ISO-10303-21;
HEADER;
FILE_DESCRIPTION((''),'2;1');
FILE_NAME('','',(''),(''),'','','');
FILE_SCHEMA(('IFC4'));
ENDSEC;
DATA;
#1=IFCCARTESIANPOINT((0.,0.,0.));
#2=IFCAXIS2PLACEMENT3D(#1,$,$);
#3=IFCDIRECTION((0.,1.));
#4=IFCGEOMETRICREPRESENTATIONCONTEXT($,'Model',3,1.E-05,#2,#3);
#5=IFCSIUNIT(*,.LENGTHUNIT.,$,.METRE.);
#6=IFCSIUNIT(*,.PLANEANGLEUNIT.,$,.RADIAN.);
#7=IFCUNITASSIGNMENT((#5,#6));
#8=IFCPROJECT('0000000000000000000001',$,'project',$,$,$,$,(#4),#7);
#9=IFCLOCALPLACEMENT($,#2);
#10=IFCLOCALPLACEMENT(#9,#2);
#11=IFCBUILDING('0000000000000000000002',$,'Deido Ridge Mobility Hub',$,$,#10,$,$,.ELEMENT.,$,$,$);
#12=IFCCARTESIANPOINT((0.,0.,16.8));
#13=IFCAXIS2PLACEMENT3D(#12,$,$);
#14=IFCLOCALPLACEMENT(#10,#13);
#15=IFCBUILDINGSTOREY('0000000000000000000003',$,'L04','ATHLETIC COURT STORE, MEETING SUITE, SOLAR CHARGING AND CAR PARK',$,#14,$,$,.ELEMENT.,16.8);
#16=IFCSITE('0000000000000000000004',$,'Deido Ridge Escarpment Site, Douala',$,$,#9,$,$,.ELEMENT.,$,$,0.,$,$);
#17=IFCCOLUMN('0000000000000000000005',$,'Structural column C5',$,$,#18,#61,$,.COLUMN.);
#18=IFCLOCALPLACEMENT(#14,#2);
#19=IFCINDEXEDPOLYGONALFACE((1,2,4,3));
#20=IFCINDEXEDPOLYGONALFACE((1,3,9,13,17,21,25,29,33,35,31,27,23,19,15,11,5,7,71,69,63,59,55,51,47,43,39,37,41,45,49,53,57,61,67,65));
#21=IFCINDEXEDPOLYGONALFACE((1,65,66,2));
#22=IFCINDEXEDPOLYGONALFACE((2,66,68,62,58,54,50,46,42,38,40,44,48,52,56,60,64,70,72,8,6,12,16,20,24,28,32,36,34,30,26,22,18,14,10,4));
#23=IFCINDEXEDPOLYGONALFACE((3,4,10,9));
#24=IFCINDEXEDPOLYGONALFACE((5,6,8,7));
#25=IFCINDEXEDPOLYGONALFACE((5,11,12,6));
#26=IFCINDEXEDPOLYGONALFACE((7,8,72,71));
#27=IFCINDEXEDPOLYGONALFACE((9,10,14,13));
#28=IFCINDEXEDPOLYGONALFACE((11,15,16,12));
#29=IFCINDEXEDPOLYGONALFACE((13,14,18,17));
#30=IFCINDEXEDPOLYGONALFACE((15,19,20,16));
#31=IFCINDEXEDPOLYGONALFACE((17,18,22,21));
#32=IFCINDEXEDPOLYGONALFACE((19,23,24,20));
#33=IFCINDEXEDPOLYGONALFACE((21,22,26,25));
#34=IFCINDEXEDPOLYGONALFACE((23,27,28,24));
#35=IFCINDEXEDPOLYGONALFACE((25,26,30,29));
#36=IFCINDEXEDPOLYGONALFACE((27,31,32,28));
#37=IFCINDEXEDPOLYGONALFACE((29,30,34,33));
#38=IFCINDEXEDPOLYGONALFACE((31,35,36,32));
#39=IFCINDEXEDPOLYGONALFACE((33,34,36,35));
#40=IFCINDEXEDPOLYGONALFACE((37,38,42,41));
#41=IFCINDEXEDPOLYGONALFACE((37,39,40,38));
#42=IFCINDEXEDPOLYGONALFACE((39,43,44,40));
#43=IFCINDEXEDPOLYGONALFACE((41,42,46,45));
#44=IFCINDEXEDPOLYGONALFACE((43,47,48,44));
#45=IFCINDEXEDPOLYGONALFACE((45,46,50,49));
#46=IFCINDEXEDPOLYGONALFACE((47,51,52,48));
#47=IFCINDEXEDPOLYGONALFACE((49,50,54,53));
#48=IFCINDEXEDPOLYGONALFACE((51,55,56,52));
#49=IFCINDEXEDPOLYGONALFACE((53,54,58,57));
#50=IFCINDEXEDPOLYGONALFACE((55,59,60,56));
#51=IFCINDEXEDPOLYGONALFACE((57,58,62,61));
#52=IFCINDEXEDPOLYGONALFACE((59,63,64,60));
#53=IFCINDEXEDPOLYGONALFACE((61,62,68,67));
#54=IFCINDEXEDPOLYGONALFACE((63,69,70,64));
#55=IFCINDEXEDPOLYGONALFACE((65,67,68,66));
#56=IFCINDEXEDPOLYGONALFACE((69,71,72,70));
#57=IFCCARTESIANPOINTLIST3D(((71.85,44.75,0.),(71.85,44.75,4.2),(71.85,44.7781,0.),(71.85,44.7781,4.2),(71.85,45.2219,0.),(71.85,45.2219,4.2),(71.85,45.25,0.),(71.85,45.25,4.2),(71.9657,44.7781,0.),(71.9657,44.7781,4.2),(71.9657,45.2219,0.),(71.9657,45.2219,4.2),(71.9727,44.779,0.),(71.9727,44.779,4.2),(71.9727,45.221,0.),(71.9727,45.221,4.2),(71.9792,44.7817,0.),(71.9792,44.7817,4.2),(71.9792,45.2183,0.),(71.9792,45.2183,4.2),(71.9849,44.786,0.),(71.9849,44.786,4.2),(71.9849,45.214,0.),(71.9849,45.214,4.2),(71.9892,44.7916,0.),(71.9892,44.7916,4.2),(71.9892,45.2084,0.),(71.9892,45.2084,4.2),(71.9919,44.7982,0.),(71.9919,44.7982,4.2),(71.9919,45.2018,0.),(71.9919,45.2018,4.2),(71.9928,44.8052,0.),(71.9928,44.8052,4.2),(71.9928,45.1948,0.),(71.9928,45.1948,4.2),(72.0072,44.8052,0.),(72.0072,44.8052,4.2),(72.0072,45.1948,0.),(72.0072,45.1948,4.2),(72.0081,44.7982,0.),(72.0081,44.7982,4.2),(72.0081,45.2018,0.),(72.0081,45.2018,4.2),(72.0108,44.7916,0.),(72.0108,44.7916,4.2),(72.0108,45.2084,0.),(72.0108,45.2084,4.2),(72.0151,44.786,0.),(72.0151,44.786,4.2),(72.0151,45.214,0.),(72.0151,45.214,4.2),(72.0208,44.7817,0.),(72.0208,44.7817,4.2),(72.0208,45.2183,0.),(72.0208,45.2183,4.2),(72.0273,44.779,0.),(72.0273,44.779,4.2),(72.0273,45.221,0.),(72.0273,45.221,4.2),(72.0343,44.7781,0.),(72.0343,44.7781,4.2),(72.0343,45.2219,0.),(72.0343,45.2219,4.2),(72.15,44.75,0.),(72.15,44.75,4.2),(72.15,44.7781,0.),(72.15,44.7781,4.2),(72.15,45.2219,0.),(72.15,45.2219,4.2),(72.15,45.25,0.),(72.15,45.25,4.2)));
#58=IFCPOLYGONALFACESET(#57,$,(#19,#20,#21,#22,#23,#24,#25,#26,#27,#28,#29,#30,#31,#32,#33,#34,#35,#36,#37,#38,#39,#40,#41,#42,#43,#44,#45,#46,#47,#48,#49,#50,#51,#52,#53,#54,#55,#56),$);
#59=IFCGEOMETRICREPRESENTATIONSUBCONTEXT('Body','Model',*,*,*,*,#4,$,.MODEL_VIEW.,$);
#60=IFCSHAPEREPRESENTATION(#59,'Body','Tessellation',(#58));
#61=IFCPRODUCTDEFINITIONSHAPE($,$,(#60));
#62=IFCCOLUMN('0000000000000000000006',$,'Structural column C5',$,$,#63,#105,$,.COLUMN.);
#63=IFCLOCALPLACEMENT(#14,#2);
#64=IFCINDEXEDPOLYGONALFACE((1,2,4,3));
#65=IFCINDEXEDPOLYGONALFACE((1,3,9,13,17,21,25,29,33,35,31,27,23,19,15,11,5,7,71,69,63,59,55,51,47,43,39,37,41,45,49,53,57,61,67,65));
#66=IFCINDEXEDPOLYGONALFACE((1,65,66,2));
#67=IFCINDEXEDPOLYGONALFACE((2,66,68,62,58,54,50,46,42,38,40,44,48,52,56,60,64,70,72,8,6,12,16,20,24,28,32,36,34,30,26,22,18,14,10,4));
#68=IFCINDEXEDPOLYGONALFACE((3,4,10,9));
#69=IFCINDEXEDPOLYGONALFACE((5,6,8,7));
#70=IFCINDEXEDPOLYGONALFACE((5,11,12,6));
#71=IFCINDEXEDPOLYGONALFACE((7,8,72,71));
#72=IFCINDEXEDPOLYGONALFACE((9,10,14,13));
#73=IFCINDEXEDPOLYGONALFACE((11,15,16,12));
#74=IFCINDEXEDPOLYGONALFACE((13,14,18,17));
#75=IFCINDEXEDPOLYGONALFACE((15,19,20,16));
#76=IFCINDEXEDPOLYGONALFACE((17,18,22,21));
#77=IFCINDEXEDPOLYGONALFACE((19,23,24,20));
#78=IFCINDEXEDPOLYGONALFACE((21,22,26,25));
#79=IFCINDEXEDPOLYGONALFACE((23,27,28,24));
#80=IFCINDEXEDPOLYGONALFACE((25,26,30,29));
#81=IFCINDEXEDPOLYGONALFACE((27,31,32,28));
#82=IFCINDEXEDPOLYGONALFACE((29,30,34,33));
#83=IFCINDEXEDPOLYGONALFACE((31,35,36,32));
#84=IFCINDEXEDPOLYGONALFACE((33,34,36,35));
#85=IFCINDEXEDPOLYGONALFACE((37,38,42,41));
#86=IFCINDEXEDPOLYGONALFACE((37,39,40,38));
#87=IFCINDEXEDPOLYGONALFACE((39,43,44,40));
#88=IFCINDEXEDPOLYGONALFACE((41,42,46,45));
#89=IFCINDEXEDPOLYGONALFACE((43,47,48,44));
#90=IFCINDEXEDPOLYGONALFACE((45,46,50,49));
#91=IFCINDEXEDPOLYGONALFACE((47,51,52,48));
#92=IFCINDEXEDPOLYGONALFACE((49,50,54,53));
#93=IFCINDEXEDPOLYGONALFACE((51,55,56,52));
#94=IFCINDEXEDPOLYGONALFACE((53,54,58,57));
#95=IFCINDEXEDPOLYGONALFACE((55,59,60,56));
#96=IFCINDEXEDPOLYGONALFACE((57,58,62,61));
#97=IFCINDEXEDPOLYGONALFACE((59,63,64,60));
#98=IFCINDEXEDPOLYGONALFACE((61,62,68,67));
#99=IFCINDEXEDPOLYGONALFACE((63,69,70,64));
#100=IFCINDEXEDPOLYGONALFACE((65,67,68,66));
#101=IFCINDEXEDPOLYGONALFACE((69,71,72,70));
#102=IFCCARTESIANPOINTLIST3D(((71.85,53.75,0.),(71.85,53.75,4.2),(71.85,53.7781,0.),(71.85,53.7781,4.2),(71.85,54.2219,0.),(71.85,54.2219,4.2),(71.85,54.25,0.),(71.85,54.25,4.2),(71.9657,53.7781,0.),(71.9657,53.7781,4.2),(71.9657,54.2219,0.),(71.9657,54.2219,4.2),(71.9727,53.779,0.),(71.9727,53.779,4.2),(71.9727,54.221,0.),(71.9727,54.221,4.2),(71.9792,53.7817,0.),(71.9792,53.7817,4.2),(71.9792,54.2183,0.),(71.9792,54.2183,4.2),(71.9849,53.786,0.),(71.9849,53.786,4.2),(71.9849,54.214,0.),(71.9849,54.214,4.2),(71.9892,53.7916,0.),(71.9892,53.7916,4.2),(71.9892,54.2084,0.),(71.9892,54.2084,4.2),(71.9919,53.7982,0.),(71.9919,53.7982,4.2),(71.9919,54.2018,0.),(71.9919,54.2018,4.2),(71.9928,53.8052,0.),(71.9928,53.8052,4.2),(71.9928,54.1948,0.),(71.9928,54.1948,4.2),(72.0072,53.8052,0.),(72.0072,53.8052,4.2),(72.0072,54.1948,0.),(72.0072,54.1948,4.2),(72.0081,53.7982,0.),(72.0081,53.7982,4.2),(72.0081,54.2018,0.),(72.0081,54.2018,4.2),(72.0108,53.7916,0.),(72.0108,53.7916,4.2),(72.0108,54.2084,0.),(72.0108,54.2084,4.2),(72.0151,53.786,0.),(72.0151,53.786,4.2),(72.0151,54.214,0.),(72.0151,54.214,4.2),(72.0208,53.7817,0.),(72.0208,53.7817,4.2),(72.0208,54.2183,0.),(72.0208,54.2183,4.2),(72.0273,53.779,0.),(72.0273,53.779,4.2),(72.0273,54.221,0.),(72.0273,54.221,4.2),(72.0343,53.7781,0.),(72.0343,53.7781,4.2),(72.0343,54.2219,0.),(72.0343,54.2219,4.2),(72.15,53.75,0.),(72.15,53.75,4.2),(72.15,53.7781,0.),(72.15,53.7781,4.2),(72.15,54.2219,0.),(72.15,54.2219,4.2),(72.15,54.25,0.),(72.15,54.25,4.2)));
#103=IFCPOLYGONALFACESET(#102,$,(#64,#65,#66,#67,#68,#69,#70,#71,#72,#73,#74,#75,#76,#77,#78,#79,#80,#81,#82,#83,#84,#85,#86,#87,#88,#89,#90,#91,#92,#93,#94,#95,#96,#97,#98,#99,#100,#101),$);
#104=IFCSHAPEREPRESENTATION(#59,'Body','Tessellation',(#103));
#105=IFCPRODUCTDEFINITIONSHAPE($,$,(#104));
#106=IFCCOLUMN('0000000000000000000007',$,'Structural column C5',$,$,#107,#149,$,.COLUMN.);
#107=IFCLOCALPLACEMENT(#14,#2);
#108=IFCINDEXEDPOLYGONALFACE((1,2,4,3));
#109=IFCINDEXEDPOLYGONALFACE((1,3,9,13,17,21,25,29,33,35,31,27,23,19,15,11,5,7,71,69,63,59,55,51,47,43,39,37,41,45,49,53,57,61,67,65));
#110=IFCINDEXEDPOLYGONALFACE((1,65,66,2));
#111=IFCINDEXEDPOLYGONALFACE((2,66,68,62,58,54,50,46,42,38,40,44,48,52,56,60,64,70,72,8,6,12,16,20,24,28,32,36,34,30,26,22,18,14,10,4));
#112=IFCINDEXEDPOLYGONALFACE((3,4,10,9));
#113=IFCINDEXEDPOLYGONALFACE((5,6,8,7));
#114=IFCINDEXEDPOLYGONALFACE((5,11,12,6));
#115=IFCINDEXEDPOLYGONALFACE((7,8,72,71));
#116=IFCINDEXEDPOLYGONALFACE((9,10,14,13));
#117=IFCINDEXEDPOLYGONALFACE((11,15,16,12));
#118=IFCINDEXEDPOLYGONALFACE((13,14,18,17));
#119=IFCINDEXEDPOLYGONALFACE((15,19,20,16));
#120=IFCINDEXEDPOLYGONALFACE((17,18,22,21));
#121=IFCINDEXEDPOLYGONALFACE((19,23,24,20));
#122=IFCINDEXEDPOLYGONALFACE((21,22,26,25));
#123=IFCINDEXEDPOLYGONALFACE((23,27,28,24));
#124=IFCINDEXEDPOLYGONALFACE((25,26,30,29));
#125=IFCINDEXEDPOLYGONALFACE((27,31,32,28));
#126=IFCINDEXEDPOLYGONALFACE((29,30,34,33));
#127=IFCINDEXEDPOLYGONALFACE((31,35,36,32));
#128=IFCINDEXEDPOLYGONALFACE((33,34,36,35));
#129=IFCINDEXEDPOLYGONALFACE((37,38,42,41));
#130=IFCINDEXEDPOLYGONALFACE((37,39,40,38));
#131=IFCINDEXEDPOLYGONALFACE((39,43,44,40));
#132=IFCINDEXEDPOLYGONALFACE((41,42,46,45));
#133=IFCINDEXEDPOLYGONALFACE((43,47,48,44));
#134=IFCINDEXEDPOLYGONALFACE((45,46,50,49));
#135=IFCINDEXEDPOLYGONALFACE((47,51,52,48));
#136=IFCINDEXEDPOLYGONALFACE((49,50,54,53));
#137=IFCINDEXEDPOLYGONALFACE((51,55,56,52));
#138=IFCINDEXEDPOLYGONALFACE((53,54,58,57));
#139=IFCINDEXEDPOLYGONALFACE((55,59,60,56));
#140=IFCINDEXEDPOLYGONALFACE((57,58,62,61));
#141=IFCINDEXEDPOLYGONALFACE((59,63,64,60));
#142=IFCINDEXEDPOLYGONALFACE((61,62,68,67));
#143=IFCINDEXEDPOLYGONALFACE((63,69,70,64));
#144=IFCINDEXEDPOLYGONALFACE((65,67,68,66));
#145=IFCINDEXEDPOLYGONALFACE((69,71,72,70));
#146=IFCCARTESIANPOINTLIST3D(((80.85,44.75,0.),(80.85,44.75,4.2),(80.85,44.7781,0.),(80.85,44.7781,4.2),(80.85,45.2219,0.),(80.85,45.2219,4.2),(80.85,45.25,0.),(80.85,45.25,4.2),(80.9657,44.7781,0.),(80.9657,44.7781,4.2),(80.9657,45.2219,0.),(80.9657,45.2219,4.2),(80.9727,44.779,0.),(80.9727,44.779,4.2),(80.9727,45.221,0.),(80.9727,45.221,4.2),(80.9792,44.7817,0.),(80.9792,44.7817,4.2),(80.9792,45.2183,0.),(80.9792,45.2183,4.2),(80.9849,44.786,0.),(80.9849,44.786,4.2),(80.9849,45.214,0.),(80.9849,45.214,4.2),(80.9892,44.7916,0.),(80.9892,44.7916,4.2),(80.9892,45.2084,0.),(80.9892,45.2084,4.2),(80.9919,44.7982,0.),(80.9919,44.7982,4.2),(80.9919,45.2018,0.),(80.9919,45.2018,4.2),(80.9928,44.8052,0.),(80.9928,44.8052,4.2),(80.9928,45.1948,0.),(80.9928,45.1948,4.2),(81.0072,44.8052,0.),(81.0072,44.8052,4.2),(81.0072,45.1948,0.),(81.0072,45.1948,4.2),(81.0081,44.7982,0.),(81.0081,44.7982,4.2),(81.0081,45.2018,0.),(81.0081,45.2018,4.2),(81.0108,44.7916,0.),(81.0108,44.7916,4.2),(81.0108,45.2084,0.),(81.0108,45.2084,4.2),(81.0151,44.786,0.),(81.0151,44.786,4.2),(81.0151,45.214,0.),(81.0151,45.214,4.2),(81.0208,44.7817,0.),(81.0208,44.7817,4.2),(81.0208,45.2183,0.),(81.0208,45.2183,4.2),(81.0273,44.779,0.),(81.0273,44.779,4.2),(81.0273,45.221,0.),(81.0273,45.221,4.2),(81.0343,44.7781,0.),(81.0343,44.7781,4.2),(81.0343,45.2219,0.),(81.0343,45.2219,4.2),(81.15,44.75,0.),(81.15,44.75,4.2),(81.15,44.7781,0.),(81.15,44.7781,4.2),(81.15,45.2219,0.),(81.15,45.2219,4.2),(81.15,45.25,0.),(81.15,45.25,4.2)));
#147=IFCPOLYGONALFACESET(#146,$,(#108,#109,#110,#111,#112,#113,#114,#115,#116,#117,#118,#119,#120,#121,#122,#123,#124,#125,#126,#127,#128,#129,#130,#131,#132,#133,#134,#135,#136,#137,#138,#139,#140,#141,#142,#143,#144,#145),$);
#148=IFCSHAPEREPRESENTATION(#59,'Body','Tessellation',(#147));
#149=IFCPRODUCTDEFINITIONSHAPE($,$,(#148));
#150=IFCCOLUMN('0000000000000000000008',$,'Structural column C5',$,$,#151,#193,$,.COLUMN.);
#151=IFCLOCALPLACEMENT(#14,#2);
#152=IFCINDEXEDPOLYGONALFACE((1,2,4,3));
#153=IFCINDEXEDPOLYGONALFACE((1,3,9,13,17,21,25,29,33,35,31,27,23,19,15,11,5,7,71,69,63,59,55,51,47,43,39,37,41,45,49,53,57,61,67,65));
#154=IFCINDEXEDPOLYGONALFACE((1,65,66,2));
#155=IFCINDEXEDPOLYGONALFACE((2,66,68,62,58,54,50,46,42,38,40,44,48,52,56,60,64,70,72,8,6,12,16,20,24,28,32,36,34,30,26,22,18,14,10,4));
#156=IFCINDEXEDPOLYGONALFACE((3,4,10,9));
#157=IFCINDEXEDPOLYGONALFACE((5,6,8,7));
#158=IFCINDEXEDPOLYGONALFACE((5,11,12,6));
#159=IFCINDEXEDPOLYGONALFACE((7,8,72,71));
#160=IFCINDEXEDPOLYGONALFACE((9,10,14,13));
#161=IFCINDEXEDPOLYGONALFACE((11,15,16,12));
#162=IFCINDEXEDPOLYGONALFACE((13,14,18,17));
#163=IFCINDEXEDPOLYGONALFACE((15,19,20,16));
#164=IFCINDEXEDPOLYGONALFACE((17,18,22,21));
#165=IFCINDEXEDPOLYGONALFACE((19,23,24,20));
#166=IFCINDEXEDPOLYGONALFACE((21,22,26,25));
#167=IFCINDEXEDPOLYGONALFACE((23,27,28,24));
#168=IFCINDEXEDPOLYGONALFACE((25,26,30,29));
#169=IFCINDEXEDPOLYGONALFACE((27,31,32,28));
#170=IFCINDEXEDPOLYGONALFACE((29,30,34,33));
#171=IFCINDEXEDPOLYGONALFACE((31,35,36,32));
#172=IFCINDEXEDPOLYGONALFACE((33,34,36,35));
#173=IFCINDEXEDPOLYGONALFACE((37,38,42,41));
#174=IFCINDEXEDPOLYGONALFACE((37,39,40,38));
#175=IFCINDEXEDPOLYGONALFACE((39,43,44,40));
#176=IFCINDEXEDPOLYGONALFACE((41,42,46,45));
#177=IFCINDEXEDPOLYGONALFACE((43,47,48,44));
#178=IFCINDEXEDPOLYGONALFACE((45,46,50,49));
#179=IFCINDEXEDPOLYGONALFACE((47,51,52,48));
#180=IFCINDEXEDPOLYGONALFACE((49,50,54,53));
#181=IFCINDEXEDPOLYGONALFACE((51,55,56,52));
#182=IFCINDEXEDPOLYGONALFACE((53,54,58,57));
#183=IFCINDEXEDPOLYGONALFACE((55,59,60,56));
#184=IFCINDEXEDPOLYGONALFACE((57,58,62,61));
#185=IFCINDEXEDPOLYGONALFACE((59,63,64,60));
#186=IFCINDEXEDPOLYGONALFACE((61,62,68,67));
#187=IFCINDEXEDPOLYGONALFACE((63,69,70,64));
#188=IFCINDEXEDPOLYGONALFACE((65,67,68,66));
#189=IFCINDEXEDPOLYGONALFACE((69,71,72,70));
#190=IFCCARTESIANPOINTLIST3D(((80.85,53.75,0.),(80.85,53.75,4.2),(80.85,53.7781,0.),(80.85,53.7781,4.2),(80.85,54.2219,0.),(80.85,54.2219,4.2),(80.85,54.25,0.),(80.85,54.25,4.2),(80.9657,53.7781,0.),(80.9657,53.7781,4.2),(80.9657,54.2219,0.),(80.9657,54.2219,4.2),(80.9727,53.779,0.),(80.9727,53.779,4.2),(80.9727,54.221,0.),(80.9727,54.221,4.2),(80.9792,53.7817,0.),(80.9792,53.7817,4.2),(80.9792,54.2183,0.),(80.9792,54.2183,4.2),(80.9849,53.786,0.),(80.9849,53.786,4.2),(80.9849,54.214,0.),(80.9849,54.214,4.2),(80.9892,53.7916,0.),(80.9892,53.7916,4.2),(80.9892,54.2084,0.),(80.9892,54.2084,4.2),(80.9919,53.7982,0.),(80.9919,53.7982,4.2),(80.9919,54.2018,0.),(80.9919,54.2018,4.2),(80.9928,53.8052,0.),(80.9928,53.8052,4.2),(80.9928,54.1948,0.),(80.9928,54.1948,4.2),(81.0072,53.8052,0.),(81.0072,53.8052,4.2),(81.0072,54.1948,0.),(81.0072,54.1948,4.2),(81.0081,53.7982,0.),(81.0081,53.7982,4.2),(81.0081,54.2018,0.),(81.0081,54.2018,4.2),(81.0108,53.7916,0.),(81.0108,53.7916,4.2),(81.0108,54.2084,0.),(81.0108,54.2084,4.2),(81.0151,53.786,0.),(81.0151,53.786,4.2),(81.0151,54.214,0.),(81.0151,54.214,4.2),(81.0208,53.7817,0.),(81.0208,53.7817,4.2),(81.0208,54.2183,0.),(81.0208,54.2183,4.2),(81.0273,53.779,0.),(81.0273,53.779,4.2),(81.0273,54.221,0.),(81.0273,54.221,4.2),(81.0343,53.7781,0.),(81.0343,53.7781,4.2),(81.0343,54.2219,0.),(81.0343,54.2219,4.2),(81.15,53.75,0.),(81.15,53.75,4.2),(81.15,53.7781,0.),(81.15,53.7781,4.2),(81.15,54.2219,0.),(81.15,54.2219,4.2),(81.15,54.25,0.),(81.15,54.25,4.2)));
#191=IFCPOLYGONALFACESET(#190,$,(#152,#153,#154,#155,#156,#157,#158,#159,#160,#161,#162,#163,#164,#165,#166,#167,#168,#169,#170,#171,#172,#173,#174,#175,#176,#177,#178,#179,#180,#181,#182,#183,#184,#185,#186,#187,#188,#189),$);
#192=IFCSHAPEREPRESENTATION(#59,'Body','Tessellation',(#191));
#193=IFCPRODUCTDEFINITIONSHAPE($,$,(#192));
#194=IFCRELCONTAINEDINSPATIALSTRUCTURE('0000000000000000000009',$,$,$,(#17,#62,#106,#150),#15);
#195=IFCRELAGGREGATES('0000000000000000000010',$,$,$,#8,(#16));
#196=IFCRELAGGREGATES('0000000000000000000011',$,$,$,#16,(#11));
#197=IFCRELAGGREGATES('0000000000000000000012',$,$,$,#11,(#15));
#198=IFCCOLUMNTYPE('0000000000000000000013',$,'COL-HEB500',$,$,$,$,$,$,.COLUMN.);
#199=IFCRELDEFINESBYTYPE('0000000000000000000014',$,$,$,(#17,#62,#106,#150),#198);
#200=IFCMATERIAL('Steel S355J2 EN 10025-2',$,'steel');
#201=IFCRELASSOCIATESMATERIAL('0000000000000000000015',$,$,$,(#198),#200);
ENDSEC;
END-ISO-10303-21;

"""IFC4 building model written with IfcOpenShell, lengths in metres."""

from ifc_helpers import new_model, si_unit, direction, frame, origin, origin_2d, place, context, subcontext, project, spatial, i_section, extrude, material, material_profile, profile_set, type_object, element, save


model = new_model("IFC4")

# Units and contexts
model_context = context("Model", 3, precision=1e-05, world=origin(), true_north=direction((0.0, 1.0)))
body_context = subcontext(model_context, "Body", "Model", "MODEL_VIEW")
ifc_project = project(units=[si_unit("LENGTHUNIT", "METRE"), si_unit("PLANEANGLEUNIT", "RADIAN")], contexts=[model_context])

# Site, building, storey
site_placement = place(None, origin())
site = spatial("IfcSite", under=ifc_project, at=site_placement, Name="Deido Ridge Escarpment Site, Douala", CompositionType="ELEMENT", RefElevation=0.0)
building_placement = place(site_placement, origin())
building = spatial("IfcBuilding", under=site, at=building_placement, Name="Deido Ridge Mobility Hub", CompositionType="ELEMENT")
storey_placement = place(building_placement, frame((0.0, 0.0, 16.8)))
storey = spatial("IfcBuildingStorey", under=building, at=storey_placement, Name="L04", Description="ATHLETIC COURT STORE, MEETING SUITE, SOLAR CHARGING AND CAR PARK", CompositionType="ELEMENT", Elevation=16.8)

# Columns
ifc_material_1 = material(Name="Steel S355J2 EN 10025-2", Category="steel")
ifc_material_profile_1 = material_profile(ifc_material_1, i_section(OverallWidth=0.3, OverallDepth=0.5, WebThickness=0.0144, FlangeThickness=0.0281, FilletRadius=0.0271, at=origin_2d()), Name="HEB 500")
ifc_profile_set_1 = profile_set([ifc_material_profile_1], Name="Steel S355J2 EN 10025-2")
column_type = type_object("IfcColumnType", Name="COL-HEB500", PredefinedType="COLUMN", material=ifc_profile_set_1)
for number, where, z_axis, x_axis, name in (
    (1, (72.0, 45.0, 0.0), (0.0, 0.0, 1.0), (1.0, 0.0, 0.0), "Structural column C5"),
    (2, (72.0, 54.0, 0.0), (0.0, 0.0, 1.0), (1.0, 0.0, 0.0), "Structural column C5"),
    (3, (81.0, 45.0, 0.0), (0.0, 0.0, 1.0), (1.0, 0.0, 0.0), "Structural column C5"),
    (4, (81.0, 54.0, 0.0), (0.0, 0.0, 1.0), (1.0, 0.0, 0.0), "Structural column C5"),
):
    element("IfcColumn", number, at=place(storey_placement, frame(where, z_axis=z_axis, x_axis=x_axis)), inside=storey, type_object=column_type, Name=name, PredefinedType="COLUMN", context=body_context, shape_type="SweptSolid", body=[
        extrude(i_section(OverallWidth=0.3, OverallDepth=0.5, WebThickness=0.0144, FlangeThickness=0.0281, FilletRadius=0.0271, at=origin_2d()), origin(), (0.0, 0.0, 1.0), 4.2),
    ])

save(model, "model.ifc")
